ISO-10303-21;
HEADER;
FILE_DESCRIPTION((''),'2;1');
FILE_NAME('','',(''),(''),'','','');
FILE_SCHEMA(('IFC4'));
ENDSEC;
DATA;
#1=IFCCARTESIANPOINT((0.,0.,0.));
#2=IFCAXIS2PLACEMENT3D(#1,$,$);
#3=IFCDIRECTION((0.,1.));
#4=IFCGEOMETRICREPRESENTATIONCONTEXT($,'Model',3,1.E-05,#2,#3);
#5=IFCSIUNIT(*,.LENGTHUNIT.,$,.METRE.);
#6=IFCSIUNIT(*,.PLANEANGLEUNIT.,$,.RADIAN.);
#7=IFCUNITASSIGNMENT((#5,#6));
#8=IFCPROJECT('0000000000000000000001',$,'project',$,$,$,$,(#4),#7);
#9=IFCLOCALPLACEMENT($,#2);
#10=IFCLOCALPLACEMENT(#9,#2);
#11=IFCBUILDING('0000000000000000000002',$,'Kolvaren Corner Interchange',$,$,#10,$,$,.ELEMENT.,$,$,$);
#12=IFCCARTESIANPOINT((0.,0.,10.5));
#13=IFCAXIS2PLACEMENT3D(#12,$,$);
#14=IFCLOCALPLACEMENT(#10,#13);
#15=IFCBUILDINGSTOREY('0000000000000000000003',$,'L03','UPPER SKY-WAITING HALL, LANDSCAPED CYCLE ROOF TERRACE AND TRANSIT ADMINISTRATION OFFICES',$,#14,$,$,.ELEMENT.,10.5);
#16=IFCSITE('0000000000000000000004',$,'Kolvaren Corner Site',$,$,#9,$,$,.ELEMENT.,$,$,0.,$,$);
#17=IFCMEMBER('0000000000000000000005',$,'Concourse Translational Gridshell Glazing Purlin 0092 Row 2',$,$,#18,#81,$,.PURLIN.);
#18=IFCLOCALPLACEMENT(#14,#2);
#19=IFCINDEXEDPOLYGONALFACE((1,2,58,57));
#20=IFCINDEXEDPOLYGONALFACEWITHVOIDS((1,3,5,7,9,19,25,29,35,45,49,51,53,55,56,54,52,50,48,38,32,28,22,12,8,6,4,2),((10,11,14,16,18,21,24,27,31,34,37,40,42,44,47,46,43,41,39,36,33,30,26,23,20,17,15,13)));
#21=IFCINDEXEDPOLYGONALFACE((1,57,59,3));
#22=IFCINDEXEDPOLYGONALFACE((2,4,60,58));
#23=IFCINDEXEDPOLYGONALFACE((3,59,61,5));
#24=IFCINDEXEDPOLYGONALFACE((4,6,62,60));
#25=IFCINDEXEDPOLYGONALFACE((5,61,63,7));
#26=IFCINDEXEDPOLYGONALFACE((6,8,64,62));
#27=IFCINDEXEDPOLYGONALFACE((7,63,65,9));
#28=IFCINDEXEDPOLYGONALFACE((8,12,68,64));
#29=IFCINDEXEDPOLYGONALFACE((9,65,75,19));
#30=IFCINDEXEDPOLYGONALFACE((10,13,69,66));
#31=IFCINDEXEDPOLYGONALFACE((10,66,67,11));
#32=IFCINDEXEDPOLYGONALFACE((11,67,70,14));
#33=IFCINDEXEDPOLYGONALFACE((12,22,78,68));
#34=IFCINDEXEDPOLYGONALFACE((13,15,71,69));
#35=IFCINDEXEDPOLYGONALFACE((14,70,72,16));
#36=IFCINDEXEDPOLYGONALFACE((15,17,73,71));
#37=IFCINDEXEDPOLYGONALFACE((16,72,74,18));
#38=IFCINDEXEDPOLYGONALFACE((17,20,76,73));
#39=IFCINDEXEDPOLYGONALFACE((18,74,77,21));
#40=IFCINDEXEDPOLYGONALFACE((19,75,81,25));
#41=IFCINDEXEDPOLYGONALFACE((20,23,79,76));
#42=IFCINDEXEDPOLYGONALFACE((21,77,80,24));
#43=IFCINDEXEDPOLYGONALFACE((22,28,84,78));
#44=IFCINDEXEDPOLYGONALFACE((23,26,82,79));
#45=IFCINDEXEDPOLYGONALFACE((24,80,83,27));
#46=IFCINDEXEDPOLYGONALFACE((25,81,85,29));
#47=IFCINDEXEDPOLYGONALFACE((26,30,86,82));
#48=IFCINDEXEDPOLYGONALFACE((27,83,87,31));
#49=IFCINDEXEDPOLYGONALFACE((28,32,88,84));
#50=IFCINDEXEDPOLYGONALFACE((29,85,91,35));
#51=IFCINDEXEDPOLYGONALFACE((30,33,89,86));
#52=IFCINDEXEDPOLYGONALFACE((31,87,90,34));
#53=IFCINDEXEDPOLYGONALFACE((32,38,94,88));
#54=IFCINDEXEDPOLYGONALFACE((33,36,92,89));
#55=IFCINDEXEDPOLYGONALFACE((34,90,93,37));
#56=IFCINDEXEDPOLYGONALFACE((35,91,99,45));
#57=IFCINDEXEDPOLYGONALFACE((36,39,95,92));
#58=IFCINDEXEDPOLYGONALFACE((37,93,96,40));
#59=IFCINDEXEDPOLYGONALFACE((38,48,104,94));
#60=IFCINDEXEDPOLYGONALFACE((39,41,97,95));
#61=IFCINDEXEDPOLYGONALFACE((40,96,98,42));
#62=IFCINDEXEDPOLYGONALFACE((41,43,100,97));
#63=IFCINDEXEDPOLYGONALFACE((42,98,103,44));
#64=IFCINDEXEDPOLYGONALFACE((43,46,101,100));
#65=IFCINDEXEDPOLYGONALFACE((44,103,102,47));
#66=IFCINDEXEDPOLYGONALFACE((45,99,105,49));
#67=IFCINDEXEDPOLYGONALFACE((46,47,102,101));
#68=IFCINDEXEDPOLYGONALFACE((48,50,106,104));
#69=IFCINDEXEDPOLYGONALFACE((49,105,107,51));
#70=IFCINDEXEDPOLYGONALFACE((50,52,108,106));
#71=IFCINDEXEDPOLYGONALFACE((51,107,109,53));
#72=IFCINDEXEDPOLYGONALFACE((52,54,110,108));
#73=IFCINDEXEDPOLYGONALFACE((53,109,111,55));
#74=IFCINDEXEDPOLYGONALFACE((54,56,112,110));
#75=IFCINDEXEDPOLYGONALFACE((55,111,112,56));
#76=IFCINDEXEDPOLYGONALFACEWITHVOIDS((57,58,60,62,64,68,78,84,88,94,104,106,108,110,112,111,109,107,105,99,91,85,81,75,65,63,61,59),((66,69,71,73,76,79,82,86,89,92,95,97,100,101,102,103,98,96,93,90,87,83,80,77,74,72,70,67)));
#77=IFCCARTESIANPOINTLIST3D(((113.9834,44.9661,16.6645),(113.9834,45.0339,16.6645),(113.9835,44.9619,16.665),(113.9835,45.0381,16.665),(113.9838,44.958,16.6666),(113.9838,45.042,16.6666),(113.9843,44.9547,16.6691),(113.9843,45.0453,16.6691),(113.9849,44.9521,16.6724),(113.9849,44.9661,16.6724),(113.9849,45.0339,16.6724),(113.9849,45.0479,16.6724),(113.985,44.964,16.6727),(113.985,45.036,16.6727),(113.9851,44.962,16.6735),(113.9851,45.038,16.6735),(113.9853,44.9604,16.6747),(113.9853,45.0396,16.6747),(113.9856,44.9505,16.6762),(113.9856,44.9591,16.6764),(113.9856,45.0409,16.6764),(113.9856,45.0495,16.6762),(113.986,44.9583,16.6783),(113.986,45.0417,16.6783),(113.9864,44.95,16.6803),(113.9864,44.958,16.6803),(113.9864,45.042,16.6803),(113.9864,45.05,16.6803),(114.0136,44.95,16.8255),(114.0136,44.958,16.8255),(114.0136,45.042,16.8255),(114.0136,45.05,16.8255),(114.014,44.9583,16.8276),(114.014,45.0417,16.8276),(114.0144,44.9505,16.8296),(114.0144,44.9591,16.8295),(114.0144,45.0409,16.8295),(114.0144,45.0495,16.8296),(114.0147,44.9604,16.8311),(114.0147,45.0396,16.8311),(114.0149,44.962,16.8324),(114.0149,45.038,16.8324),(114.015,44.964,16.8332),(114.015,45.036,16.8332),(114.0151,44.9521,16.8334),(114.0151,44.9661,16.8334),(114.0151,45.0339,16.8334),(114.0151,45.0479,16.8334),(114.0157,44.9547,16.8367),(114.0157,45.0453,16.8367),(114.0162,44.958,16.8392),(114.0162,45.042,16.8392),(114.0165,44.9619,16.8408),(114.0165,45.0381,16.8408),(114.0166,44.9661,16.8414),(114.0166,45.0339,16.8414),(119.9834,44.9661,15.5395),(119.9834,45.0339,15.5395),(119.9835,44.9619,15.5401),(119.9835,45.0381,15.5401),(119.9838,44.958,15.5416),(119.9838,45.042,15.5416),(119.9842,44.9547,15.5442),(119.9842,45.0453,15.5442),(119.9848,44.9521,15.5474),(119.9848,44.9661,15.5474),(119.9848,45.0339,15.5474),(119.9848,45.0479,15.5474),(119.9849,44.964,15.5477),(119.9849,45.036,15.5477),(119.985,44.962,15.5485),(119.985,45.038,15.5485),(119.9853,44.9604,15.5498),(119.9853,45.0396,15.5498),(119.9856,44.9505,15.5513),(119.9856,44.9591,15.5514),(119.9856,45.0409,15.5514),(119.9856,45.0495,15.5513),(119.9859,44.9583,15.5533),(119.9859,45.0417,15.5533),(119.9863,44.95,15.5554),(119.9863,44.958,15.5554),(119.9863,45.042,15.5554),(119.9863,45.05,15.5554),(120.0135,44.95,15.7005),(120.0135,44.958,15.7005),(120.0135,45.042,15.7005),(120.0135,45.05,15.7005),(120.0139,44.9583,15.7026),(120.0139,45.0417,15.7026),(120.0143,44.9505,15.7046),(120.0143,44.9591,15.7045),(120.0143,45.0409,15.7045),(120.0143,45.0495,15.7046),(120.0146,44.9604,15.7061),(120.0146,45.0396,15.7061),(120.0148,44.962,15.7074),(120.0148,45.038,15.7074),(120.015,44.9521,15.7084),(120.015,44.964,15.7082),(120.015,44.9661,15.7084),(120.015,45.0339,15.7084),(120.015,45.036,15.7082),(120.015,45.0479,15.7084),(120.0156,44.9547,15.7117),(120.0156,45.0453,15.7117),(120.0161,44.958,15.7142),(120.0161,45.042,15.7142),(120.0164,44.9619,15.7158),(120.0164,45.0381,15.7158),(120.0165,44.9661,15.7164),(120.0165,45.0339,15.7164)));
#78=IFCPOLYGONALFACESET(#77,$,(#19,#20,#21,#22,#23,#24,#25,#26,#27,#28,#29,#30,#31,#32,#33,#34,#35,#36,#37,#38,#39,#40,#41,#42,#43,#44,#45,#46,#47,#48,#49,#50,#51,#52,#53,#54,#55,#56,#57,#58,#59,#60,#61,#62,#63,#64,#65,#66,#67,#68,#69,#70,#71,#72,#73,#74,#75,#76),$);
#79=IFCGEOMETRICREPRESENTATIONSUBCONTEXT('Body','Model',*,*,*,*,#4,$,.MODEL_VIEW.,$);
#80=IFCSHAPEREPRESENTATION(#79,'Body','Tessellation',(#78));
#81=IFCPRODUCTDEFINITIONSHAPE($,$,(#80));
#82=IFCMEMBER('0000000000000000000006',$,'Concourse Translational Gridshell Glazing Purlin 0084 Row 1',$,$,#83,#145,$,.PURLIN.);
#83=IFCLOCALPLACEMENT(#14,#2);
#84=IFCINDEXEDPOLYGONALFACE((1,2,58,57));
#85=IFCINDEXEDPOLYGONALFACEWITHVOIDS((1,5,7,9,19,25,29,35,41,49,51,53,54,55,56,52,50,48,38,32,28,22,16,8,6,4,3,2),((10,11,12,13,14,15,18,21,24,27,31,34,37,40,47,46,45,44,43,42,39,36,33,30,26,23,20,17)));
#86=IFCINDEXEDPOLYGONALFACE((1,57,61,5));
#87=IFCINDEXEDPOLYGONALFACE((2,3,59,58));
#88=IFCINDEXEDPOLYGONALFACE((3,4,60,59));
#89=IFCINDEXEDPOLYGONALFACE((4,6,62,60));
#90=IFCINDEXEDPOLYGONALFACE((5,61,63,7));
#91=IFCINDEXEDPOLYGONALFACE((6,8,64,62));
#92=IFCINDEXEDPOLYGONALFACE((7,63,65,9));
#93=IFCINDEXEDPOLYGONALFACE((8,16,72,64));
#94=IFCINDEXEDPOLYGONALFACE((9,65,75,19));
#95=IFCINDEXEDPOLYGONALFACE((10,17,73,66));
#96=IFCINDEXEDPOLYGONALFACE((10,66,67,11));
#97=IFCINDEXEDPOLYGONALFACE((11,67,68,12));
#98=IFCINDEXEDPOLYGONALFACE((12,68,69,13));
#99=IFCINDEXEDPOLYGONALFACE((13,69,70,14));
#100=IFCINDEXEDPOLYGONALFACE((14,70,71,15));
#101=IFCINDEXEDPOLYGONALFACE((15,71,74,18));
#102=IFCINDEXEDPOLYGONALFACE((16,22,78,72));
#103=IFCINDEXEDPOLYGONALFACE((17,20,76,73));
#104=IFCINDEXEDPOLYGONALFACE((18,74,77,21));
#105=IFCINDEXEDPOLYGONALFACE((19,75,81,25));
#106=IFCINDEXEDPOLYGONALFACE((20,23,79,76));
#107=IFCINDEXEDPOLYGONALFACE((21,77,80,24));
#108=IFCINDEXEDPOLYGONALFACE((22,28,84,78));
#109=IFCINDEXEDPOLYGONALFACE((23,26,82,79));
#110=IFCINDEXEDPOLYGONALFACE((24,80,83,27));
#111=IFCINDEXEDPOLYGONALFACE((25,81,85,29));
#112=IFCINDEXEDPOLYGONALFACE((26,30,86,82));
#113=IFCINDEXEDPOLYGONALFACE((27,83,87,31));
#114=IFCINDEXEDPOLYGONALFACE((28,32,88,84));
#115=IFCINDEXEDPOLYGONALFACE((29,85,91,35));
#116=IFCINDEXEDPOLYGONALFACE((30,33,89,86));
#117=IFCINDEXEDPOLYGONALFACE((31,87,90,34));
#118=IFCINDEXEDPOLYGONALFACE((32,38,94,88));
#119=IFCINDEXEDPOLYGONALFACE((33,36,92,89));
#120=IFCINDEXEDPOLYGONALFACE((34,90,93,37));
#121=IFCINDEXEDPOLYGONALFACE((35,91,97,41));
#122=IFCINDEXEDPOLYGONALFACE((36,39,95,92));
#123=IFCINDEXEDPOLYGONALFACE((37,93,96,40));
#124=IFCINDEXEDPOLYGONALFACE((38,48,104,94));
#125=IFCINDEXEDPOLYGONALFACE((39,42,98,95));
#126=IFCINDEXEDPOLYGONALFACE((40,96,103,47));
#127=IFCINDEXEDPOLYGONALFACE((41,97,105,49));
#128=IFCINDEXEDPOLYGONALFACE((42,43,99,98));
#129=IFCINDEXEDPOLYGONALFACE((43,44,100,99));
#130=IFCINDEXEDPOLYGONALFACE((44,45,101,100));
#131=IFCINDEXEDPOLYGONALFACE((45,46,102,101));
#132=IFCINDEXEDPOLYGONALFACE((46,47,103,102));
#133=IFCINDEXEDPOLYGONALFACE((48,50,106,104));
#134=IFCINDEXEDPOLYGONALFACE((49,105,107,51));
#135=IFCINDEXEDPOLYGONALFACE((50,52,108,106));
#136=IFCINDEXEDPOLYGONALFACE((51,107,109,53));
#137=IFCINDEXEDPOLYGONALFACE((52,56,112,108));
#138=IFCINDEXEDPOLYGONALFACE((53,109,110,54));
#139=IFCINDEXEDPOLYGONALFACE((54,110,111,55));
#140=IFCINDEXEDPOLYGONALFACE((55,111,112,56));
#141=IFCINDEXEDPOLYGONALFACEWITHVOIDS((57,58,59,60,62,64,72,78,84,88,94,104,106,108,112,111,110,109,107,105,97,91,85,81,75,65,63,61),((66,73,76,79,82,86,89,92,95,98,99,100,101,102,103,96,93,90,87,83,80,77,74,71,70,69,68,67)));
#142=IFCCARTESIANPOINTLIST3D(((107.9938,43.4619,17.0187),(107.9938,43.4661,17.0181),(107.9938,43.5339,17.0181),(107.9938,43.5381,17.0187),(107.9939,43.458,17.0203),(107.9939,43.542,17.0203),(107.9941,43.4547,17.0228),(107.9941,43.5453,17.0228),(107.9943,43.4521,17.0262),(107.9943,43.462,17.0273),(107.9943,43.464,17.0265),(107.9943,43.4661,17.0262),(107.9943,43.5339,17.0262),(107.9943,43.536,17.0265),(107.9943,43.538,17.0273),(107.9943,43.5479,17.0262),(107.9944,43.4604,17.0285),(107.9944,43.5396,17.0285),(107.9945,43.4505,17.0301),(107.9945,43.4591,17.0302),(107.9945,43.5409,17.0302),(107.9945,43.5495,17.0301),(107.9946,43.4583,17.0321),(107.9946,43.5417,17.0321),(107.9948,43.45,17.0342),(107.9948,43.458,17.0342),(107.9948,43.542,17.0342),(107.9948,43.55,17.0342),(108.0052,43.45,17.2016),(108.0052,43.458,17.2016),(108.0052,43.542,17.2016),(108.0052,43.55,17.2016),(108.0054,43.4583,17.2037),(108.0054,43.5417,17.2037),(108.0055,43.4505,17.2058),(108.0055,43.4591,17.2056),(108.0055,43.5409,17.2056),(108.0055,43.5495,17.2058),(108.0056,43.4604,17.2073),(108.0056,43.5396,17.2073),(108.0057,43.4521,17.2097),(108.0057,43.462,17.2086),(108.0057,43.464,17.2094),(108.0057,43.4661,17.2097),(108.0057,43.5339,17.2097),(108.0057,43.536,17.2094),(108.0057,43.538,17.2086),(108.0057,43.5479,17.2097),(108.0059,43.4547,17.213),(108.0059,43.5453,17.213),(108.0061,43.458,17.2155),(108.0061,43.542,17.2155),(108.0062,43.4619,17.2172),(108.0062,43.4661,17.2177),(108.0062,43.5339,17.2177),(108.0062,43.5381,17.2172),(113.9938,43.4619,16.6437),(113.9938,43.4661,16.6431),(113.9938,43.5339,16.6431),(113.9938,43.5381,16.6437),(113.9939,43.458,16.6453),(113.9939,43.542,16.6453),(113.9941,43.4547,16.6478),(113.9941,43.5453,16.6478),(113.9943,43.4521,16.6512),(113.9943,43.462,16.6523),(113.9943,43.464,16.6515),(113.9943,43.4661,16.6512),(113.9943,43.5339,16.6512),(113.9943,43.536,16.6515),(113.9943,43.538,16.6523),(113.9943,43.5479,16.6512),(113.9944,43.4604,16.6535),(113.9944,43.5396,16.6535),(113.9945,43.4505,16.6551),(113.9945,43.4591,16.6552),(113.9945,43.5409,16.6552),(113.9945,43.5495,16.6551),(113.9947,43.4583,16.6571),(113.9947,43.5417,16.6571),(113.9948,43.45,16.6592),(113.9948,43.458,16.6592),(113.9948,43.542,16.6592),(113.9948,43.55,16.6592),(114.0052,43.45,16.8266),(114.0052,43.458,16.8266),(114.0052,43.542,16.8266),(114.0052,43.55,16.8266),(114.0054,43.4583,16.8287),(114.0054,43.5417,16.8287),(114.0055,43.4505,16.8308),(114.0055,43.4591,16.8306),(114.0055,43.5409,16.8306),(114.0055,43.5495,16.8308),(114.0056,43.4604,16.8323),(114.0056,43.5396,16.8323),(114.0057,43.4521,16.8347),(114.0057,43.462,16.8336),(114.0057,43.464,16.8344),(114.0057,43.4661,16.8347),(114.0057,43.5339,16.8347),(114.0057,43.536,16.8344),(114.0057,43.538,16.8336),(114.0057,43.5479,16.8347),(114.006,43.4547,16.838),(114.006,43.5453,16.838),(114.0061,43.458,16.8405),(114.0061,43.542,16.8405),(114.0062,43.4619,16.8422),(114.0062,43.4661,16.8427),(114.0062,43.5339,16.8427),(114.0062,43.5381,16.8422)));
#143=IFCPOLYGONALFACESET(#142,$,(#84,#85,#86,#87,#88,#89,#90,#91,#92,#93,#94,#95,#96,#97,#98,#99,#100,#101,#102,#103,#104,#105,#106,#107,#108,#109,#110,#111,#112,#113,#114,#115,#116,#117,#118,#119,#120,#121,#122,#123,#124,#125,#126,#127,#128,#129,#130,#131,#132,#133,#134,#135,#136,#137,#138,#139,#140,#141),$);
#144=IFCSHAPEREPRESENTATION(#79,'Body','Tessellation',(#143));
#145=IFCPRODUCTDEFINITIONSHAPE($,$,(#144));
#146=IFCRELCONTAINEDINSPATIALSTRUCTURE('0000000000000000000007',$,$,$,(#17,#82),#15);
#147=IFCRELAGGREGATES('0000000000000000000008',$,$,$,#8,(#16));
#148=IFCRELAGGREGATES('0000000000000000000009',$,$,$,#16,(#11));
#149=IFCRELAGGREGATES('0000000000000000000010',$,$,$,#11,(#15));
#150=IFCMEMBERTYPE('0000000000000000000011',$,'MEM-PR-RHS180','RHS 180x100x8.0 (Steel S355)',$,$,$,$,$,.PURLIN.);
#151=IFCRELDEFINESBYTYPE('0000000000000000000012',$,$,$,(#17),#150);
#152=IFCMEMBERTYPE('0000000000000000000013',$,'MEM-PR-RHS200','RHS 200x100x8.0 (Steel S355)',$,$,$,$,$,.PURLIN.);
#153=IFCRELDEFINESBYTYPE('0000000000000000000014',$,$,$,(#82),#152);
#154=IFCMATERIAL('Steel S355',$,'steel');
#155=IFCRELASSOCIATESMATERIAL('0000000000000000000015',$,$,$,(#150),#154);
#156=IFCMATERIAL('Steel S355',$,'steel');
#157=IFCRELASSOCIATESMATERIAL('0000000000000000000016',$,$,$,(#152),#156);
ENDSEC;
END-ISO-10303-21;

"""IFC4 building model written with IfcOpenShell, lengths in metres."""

from ifc_helpers import new_model, si_unit, direction, frame, origin, origin_2d, place, context, subcontext, project, spatial, hollow_rectangle, extrude, material, material_profile, profile_set, type_object, element, save


model = new_model("IFC4")

# Units and contexts
model_context = context("Model", 3, precision=1e-05, world=origin(), true_north=direction((0.0, 1.0)))
body_context = subcontext(model_context, "Body", "Model", "MODEL_VIEW")
ifc_project = project(units=[si_unit("LENGTHUNIT", "METRE"), si_unit("PLANEANGLEUNIT", "RADIAN")], contexts=[model_context])

# Site, building, storey
site_placement = place(None, origin())
site = spatial("IfcSite", under=ifc_project, at=site_placement, Name="Kolvaren Corner Site", CompositionType="ELEMENT", RefElevation=0.0)
building_placement = place(site_placement, origin())
building = spatial("IfcBuilding", under=site, at=building_placement, Name="Kolvaren Corner Interchange", CompositionType="ELEMENT")
storey_placement = place(building_placement, frame((0.0, 0.0, 10.5)))
storey = spatial("IfcBuildingStorey", under=building, at=storey_placement, Name="L03", Description="UPPER SKY-WAITING HALL, LANDSCAPED CYCLE ROOF TERRACE AND TRANSIT ADMINISTRATION OFFICES", CompositionType="ELEMENT", Elevation=10.5)

# Members
ifc_material_1 = material(Name="Steel S355", Category="steel")
ifc_material_profile_1 = material_profile(ifc_material_1, hollow_rectangle(XDim=0.1001, YDim=0.1799, WallThickness=0.0081, InnerFilletRadius=0.0081, OuterFilletRadius=0.0161, at=origin_2d()), Name="RHS 180x100x8.0")
ifc_profile_set_1 = profile_set([ifc_material_profile_1], Name="Steel S355")
member_type_1 = type_object("IfcMemberType", Name="MEM-PR-RHS180", Description="RHS 180x100x8.0 (Steel S355)", PredefinedType="PURLIN", material=ifc_profile_set_1)
for number, where, z_axis, x_axis, name in (
    (1, (114.0, 45.0, 16.7529), (0.982872, 0.0, -0.184289), (0.0, 1.0, 0.0), "Concourse Translational Gridshell Glazing Purlin 0092 Row 2"),
):
    element("IfcMember", number, at=place(storey_placement, frame(where, z_axis=z_axis, x_axis=x_axis)), inside=storey, type_object=member_type_1, Name=name, PredefinedType="PURLIN", context=body_context, shape_type="SweptSolid", body=[
        extrude(hollow_rectangle(XDim=0.1001, YDim=0.1799, WallThickness=0.0081, InnerFilletRadius=0.0081, OuterFilletRadius=0.0161, at=origin_2d()), origin(), (0.0, 0.0, 1.0), 6.1045),
    ])
ifc_material_2 = material(Name="Steel S355", Category="steel")
ifc_material_profile_2 = material_profile(ifc_material_2, hollow_rectangle(XDim=0.1001, YDim=0.2, WallThickness=0.0081, InnerFilletRadius=0.0081, OuterFilletRadius=0.0161, at=origin_2d()), Name="RHS 200x100x8.0")
ifc_profile_set_2 = profile_set([ifc_material_profile_2], Name="Steel S355")
member_type_2 = type_object("IfcMemberType", Name="MEM-PR-RHS200", Description="RHS 200x100x8.0 (Steel S355)", PredefinedType="PURLIN", material=ifc_profile_set_2)
for number, where, z_axis, x_axis, name in (
    (2, (108.0, 43.5, 17.1179), (0.998053, 0.0, -0.062378), (0.0, 1.0, 0.0), "Concourse Translational Gridshell Glazing Purlin 0084 Row 1"),
):
    element("IfcMember", number, at=place(storey_placement, frame(where, z_axis=z_axis, x_axis=x_axis)), inside=storey, type_object=member_type_2, Name=name, PredefinedType="PURLIN", context=body_context, shape_type="SweptSolid", body=[
        extrude(hollow_rectangle(XDim=0.1001, YDim=0.2, WallThickness=0.0081, InnerFilletRadius=0.0081, OuterFilletRadius=0.0161, at=origin_2d()), origin(), (0.0, 0.0, 1.0), 6.0117),
    ])

save(model, "model.ifc")
